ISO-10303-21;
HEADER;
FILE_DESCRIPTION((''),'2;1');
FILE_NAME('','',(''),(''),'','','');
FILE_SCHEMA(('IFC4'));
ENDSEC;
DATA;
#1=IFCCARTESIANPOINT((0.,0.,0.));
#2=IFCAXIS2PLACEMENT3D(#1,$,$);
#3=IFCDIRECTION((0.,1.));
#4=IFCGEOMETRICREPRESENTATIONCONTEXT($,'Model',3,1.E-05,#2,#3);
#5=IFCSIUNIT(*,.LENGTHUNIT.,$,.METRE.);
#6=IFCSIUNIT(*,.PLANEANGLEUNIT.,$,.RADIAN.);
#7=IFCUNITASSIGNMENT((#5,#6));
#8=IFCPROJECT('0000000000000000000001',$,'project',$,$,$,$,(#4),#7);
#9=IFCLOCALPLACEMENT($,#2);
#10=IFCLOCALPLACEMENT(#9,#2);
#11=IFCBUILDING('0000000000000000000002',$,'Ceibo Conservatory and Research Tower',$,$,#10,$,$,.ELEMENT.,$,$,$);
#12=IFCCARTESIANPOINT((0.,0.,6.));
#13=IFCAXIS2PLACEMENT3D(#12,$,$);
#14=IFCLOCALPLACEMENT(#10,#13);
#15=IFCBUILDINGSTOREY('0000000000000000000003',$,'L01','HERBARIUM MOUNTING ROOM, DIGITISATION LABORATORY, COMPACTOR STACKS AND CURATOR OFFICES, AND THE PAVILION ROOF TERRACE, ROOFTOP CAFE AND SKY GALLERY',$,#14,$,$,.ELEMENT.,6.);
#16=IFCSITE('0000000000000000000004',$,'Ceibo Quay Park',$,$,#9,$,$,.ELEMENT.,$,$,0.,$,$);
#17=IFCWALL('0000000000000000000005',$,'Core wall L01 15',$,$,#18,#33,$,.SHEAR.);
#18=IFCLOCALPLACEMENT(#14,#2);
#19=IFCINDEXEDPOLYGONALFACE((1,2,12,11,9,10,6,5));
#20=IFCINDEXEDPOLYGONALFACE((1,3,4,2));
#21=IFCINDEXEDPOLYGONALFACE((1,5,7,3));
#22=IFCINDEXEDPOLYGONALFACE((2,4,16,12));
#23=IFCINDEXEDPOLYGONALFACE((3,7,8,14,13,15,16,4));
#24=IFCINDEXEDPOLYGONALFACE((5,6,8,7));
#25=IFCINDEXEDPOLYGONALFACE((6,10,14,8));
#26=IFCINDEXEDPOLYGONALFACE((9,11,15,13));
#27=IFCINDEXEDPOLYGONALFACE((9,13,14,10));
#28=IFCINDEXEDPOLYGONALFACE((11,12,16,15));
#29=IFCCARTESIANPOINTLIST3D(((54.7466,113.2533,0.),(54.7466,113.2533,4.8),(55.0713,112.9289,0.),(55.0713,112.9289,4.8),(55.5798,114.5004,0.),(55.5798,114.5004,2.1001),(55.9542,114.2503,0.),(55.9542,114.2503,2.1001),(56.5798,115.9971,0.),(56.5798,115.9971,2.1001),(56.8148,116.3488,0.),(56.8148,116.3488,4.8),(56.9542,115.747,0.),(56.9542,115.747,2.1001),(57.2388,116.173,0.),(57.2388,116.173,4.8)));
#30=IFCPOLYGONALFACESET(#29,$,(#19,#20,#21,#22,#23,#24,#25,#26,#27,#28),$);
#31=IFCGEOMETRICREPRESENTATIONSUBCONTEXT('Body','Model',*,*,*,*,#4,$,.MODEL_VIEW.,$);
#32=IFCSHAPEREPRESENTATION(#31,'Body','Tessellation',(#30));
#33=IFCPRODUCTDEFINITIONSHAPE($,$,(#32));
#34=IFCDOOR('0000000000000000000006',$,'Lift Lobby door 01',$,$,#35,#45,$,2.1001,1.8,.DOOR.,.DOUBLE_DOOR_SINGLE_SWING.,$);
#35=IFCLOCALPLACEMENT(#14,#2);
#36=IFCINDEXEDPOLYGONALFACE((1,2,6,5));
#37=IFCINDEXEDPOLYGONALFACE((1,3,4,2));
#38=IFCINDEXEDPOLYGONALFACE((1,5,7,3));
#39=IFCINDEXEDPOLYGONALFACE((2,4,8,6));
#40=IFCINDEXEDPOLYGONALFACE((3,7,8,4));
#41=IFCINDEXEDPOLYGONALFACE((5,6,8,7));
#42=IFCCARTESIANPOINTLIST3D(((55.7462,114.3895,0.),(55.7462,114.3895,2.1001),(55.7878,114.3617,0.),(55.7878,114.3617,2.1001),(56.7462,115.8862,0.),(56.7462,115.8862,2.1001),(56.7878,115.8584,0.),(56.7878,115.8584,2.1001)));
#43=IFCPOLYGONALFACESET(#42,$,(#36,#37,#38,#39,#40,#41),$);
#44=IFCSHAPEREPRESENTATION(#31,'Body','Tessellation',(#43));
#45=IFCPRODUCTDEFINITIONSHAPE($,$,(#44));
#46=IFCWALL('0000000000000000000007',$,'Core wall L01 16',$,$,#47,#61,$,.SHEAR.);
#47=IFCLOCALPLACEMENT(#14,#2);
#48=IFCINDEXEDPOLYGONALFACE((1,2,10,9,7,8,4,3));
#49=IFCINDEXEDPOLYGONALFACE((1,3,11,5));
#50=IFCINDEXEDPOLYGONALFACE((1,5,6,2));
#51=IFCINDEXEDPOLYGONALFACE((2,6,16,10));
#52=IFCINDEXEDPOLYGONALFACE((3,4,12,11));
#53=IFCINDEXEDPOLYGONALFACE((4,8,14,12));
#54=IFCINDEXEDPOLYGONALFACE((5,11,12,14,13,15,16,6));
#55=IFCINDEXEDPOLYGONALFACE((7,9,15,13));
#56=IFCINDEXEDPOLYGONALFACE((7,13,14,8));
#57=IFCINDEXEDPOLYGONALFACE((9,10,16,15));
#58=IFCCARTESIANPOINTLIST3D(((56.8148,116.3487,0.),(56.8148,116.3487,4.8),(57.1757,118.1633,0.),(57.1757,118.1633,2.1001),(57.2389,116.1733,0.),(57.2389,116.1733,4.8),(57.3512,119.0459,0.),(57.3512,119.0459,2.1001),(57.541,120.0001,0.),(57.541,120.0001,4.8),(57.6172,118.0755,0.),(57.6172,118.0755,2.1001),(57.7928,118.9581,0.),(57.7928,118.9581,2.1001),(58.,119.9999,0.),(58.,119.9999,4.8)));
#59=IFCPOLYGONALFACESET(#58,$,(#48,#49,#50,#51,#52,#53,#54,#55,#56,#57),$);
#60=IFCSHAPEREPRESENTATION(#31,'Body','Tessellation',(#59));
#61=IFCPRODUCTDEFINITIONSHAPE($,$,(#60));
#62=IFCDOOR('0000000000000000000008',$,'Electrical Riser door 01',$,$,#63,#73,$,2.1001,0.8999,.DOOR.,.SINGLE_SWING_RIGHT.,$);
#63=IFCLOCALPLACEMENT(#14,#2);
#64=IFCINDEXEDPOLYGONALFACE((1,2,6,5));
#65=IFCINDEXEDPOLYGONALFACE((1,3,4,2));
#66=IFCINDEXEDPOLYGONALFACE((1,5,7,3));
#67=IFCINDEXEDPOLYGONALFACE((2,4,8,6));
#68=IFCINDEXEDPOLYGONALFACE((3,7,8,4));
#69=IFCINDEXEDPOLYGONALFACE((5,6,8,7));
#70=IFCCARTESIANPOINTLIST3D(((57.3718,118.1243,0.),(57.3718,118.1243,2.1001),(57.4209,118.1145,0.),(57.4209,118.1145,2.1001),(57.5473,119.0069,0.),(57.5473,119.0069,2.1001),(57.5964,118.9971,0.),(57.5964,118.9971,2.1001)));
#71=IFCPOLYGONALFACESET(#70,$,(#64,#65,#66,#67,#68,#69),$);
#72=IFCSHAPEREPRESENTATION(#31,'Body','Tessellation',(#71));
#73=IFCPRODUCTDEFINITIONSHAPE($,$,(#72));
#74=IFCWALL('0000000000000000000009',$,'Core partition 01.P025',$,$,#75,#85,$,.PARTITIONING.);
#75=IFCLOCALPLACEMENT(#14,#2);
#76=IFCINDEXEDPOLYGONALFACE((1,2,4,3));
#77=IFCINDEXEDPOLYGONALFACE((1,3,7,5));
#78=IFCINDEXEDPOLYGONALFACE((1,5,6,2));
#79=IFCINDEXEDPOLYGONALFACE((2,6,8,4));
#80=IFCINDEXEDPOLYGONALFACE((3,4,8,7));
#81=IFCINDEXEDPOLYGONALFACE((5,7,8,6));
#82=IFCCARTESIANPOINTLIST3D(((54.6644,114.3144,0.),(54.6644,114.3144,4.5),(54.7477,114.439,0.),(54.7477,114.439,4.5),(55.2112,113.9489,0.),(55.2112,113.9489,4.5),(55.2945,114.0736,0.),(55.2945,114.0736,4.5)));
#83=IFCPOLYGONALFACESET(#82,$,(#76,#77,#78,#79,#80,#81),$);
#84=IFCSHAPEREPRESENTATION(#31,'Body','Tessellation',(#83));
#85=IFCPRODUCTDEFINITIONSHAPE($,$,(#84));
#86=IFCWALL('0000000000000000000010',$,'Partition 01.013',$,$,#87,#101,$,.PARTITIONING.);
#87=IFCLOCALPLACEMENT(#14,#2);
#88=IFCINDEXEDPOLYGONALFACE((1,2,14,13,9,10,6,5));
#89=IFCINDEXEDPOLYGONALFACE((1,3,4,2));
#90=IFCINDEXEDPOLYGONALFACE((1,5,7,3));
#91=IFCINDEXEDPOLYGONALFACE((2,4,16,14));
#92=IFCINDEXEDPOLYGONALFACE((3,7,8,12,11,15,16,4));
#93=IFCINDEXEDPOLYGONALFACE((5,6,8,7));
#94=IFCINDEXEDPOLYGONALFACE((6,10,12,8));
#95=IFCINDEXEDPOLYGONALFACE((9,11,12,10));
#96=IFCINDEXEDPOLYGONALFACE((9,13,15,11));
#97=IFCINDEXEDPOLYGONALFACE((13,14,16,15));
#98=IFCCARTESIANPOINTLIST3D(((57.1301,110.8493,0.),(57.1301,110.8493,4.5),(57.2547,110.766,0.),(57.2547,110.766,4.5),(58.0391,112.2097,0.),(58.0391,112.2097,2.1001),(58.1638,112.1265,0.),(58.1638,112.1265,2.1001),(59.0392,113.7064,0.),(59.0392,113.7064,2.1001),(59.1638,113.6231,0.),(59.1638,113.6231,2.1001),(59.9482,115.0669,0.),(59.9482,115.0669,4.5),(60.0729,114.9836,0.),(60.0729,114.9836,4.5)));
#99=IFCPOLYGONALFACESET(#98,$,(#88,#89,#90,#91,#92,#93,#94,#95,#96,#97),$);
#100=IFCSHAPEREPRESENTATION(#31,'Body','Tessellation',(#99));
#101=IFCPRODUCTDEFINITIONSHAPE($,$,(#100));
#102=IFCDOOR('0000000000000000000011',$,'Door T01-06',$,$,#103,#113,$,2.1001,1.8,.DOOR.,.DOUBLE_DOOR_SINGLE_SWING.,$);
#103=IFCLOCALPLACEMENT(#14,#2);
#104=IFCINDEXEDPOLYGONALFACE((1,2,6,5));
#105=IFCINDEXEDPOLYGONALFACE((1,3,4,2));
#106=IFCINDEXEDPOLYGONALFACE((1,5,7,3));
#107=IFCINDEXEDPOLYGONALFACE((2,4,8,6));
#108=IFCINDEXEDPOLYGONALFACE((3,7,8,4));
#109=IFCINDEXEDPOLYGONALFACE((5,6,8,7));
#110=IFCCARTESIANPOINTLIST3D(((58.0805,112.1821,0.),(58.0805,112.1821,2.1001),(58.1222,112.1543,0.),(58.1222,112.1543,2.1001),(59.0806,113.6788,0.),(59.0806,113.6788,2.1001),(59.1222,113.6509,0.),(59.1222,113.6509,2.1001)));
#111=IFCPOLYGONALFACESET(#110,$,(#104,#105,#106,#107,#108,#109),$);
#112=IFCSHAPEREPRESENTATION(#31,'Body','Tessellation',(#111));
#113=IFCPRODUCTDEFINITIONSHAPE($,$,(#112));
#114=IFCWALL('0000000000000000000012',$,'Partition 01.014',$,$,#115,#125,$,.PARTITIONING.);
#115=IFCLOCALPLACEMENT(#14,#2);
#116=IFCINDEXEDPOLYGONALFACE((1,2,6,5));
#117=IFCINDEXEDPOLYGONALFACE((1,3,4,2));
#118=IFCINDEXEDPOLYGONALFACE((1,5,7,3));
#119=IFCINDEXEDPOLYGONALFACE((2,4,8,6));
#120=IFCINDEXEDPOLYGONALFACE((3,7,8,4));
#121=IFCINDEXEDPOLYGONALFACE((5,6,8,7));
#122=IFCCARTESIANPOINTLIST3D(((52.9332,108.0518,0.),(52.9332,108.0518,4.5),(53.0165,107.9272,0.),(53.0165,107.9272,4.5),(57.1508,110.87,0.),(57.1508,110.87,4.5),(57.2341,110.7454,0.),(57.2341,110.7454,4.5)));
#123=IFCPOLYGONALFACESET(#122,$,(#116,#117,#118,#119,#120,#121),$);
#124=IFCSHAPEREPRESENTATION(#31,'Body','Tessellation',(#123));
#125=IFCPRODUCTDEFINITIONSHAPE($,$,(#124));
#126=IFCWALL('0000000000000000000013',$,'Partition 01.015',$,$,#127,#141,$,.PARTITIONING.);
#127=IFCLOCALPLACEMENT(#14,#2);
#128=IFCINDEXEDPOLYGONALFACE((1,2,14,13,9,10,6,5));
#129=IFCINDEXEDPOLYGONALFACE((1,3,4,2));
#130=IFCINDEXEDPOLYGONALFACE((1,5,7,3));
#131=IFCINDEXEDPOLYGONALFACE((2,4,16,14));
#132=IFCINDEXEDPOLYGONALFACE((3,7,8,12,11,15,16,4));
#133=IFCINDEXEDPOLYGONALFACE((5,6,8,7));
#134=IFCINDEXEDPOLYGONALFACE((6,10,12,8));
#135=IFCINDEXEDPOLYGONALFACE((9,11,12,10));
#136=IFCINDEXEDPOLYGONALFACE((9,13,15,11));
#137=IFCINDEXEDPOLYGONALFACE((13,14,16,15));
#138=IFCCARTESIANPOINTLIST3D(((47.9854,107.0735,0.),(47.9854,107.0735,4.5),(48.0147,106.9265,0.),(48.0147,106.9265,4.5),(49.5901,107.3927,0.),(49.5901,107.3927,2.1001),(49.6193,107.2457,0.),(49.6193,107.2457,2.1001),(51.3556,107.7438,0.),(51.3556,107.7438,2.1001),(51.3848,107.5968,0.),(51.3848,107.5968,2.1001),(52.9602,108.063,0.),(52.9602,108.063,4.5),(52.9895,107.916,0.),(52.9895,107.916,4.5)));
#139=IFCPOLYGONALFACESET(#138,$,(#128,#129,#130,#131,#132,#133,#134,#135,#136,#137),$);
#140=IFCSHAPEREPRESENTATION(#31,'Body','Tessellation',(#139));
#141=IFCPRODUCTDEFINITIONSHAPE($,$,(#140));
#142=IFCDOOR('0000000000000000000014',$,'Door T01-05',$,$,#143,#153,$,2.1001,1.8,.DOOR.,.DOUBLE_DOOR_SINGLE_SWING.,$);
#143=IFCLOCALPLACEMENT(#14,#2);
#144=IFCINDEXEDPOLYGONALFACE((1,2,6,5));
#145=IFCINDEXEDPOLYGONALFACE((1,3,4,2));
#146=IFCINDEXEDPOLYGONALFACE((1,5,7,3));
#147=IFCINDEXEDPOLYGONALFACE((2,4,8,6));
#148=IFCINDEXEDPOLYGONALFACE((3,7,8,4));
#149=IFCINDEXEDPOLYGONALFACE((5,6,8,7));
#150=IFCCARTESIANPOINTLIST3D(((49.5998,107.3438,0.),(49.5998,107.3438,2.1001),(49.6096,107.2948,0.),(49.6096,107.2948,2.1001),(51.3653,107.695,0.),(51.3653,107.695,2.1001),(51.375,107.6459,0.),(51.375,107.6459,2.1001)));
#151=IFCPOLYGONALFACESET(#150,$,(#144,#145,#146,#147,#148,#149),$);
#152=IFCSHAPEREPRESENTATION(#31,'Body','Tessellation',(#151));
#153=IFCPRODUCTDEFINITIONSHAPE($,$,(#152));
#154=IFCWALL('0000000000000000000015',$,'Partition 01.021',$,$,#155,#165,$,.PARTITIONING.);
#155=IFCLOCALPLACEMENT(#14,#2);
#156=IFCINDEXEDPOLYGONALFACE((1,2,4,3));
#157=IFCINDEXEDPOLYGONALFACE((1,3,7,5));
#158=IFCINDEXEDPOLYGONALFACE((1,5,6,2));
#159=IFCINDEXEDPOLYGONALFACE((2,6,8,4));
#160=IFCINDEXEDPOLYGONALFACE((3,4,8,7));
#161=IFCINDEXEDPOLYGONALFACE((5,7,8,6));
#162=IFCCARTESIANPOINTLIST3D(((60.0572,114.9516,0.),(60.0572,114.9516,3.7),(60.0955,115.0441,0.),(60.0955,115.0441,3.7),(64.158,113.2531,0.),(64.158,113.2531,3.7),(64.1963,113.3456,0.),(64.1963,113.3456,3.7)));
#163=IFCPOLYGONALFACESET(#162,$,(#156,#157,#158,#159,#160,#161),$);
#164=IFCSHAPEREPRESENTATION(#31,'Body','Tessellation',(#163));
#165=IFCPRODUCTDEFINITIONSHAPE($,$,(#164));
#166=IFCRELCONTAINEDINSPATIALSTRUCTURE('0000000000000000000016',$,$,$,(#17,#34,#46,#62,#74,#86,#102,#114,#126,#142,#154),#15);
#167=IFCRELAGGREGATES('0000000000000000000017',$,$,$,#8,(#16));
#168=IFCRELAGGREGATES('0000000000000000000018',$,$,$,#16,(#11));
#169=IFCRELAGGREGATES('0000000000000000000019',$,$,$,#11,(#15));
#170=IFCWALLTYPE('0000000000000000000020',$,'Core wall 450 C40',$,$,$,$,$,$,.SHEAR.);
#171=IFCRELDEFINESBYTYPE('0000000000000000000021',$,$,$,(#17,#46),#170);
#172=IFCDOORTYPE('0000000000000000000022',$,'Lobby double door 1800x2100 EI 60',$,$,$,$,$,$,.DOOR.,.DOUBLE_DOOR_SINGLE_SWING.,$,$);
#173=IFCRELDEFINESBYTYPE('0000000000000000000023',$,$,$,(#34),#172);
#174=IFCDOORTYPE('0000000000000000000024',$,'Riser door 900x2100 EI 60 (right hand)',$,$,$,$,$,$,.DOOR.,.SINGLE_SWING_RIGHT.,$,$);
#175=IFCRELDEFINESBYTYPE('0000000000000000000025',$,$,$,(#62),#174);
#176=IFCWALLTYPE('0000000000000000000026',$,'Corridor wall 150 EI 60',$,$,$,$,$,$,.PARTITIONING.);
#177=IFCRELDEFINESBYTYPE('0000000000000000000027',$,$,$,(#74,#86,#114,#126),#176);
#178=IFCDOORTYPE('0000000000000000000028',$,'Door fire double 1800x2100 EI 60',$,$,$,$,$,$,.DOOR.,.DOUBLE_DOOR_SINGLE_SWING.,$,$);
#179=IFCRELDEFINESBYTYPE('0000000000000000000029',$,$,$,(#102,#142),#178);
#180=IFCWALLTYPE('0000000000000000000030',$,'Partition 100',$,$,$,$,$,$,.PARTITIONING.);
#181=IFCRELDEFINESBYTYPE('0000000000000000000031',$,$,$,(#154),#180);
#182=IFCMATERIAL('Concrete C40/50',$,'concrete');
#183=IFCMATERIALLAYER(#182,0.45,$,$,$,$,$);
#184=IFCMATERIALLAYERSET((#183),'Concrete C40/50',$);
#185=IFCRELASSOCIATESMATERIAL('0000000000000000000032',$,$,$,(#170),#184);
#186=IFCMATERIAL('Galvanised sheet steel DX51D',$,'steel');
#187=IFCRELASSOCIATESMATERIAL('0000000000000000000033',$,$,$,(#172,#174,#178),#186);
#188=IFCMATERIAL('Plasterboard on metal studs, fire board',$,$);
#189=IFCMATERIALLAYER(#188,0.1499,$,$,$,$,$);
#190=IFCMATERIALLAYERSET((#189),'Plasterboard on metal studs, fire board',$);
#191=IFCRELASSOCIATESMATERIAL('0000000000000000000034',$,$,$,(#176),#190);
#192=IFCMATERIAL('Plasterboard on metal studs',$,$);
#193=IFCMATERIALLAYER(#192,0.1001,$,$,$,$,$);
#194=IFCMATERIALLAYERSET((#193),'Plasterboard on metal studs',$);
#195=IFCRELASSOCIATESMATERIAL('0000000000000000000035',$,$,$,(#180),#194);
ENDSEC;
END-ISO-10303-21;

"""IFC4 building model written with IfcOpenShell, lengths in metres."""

from ifc_helpers import new_model, si_unit, direction, frame, frame_2d, origin, place, context, subcontext, project, spatial, polyline, rectangle, outline, extrude, material, layer, layer_set, type_object, element, fill, save


model = new_model("IFC4")

# Units and contexts
model_context = context("Model", 3, precision=1e-05, world=origin(), true_north=direction((0.0, 1.0)))
body_context = subcontext(model_context, "Body", "Model", "MODEL_VIEW")
ifc_project = project(units=[si_unit("LENGTHUNIT", "METRE"), si_unit("PLANEANGLEUNIT", "RADIAN")], contexts=[model_context])

# Site, building, storey
site_placement = place(None, origin())
site = spatial("IfcSite", under=ifc_project, at=site_placement, Name="Ceibo Quay Park", CompositionType="ELEMENT", RefElevation=0.0)
building_placement = place(site_placement, origin())
building = spatial("IfcBuilding", under=site, at=building_placement, Name="Ceibo Conservatory and Research Tower", CompositionType="ELEMENT")
storey_placement = place(building_placement, frame((0.0, 0.0, 6.0)))
storey = spatial("IfcBuildingStorey", under=building, at=storey_placement, Name="L01", Description="HERBARIUM MOUNTING ROOM, DIGITISATION LABORATORY, COMPACTOR STACKS AND CURATOR OFFICES, AND THE PAVILION ROOF TERRACE, ROOFTOP CAFE AND SKY GALLERY", CompositionType="ELEMENT", Elevation=6.0)

# Shared definitions
ifc_material_1 = material(Name="Concrete C40/50", Category="concrete")

# Walls, openings, doors
ifc_layer_1 = layer(ifc_material_1, 0.45)
ifc_layer_set_1 = layer_set([ifc_layer_1], Name="Concrete C40/50")
wall_type_1 = type_object("IfcWallType", Name="Core wall 450 C40", PredefinedType="SHEAR", material=ifc_layer_set_1)
ifc_material_2 = material(Name="Galvanised sheet steel DX51D", Category="steel")
wall_1_placement = place(storey_placement, frame((54.9089, 113.0911, 0.0), z_axis=(0.0, 0.0, 1.0), x_axis=(0.555542, 0.831488, 0.0)))
wall_1 = element("IfcWall", 1, at=wall_1_placement, inside=storey, type_object=wall_type_1, Name="Core wall L01 15", PredefinedType="SHEAR", context=body_context, shape_type="SweptSolid", body=[
    extrude(outline(polyline([(-0.0447, -0.2251), (3.8569, -0.2251), (3.7676, 0.2251), (0.0447, 0.2251), (-0.0447, -0.2251)])), origin(), (0.0, 0.0, 1.0), 4.8),
])
opening_1_placement = place(wall_1_placement, frame((1.5447, 0.0, 0.0)))
opening_1 = element("IfcOpeningElement", 2, at=opening_1_placement, cuts=wall_1, PredefinedType="OPENING", context=body_context, shape_type="SweptSolid", body=[
    extrude(rectangle(XDim=1.8, YDim=2.1001, at=frame_2d((0.8999, 1.05))), frame((0.0, 0.2349, 0.0), z_axis=(0.0, -1.0, 0.0), x_axis=(1.0, 0.0, 0.0)), (0.0, 0.0, 1.0), 0.47),
])
door_type_1 = type_object("IfcDoorType", Name="Lobby double door 1800x2100 EI 60", OperationType="DOUBLE_DOOR_SINGLE_SWING", PredefinedType="DOOR", material=ifc_material_2)
door_1_placement = place(opening_1_placement, frame((1.8, 0.0, 0.0), z_axis=(0.0, 0.0, 1.0), x_axis=(-1.0, 0.0, 0.0)))
door_1 = element("IfcDoor", 3, at=door_1_placement, inside=storey, type_object=door_type_1, Name="Lift Lobby door 01", OperationType="DOUBLE_DOOR_SINGLE_SWING", OverallHeight=2.1001, OverallWidth=1.8, PredefinedType="DOOR", context=body_context, shape_type="SweptSolid", body=[
    extrude(rectangle(XDim=1.8, YDim=2.1001, at=frame_2d((0.8999, 1.05))), frame((0.0, 0.0249, 0.0), z_axis=(0.0, -1.0, 0.0), x_axis=(1.0, 0.0, 0.0)), (0.0, 0.0, 1.0), 0.05),
])
fill(opening_1, door_1)
wall_2_placement = place(storey_placement, frame((57.0269, 116.261, 0.0), z_axis=(0.0, 0.0, 1.0), x_axis=(0.195069, 0.980789, 0.0)))
wall_2 = element("IfcWall", 4, at=wall_2_placement, inside=storey, type_object=wall_type_1, Name="Core wall L01 16", PredefinedType="SHEAR", context=body_context, shape_type="SweptSolid", body=[
    extrude(outline(polyline([(-0.0447, -0.2251), (3.8569, -0.2251), (3.7676, 0.2251), (0.0447, 0.2251), (-0.0447, -0.2251)])), origin(), (0.0, 0.0, 1.0), 4.8),
])
opening_2_placement = place(wall_2_placement, frame((1.8948, 0.0, 0.0)))
opening_2 = element("IfcOpeningElement", 5, at=opening_2_placement, cuts=wall_2, PredefinedType="OPENING", context=body_context, shape_type="SweptSolid", body=[
    extrude(rectangle(XDim=0.8999, YDim=2.1001, at=frame_2d((0.45, 1.05))), frame((0.0, 0.2349, 0.0), z_axis=(0.0, -1.0, 0.0), x_axis=(1.0, 0.0, 0.0)), (0.0, 0.0, 1.0), 0.47),
])
door_type_2 = type_object("IfcDoorType", Name="Riser door 900x2100 EI 60 (right hand)", OperationType="SINGLE_SWING_RIGHT", PredefinedType="DOOR", material=ifc_material_2)
door_2_placement = place(opening_2_placement, frame((0.8999, 0.0, 0.0), z_axis=(0.0, 0.0, 1.0), x_axis=(-1.0, 0.0, 0.0)))
door_2 = element("IfcDoor", 6, at=door_2_placement, inside=storey, type_object=door_type_2, Name="Electrical Riser door 01", OperationType="SINGLE_SWING_RIGHT", OverallHeight=2.1001, OverallWidth=0.8999, PredefinedType="DOOR", context=body_context, shape_type="SweptSolid", body=[
    extrude(rectangle(XDim=0.8999, YDim=2.1001, at=frame_2d((0.45, 1.05))), frame((0.0, 0.0249, 0.0), z_axis=(0.0, -1.0, 0.0), x_axis=(1.0, 0.0, 0.0)), (0.0, 0.0, 1.0), 0.05),
])
fill(opening_2, door_2)

# Wall
ifc_material_3 = material(Name="Plasterboard on metal studs, fire board")
ifc_layer_2 = layer(ifc_material_3, 0.1499)
ifc_layer_set_2 = layer_set([ifc_layer_2], Name="Plasterboard on metal studs, fire board")
wall_type_2 = type_object("IfcWallType", Name="Corridor wall 150 EI 60", PredefinedType="PARTITIONING", material=ifc_layer_set_2)
wall_3_placement = place(storey_placement, frame((54.7061, 114.3767, 0.0), z_axis=(0.0, 0.0, 1.0), x_axis=(0.831422, -0.555642, 0.0)))
element("IfcWall", 7, at=wall_3_placement, inside=storey, type_object=wall_type_2, Name="Core partition 01.P025", PredefinedType="PARTITIONING", context=body_context, shape_type="SweptSolid", body=[
    extrude(rectangle(XDim=0.6577, YDim=0.1499, at=frame_2d((0.3289, 0.0))), origin(), (0.0, 0.0, 1.0), 4.5),
])

# Wall, opening, door
wall_4_placement = place(storey_placement, frame((60.0105, 115.0251, 0.0), z_axis=(0.0, 0.0, 1.0), x_axis=(-0.555577, -0.831465, 0.0)))
wall_4 = element("IfcWall", 8, at=wall_4_placement, inside=storey, type_object=wall_type_2, Name="Partition 01.013", PredefinedType="PARTITIONING", context=body_context, shape_type="SweptSolid", body=[
    extrude(rectangle(XDim=5.0725, YDim=0.1499, at=frame_2d((2.5361, 0.0))), origin(), (0.0, 0.0, 1.0), 4.5),
])
opening_3_placement = place(wall_4_placement, frame((1.6362, 0.0, 0.0)))
opening_3 = element("IfcOpeningElement", 9, at=opening_3_placement, cuts=wall_4, PredefinedType="OPENING", context=body_context, shape_type="SweptSolid", body=[
    extrude(rectangle(XDim=1.8, YDim=2.1001, at=frame_2d((0.8999, 1.05))), frame((0.0, 0.085, 0.0), z_axis=(0.0, -1.0, 0.0), x_axis=(1.0, 0.0, 0.0)), (0.0, 0.0, 1.0), 0.1699),
])
door_type_3 = type_object("IfcDoorType", Name="Door fire double 1800x2100 EI 60", OperationType="DOUBLE_DOOR_SINGLE_SWING", PredefinedType="DOOR", material=ifc_material_2)
door_3_placement = place(opening_3_placement, origin())
door_3 = element("IfcDoor", 10, at=door_3_placement, inside=storey, type_object=door_type_3, Name="Door T01-06", OperationType="DOUBLE_DOOR_SINGLE_SWING", OverallHeight=2.1001, OverallWidth=1.8, PredefinedType="DOOR", context=body_context, shape_type="SweptSolid", body=[
    extrude(rectangle(XDim=1.8, YDim=2.1001, at=frame_2d((0.8999, 1.05))), frame((0.0, 0.0249, 0.0), z_axis=(0.0, -1.0, 0.0), x_axis=(1.0, 0.0, 0.0)), (0.0, 0.0, 1.0), 0.05),
])
fill(opening_3, door_3)

# Wall
wall_5_placement = place(storey_placement, frame((57.1924, 110.8076, 0.0), z_axis=(0.0, 0.0, 1.0), x_axis=(-0.831465, -0.555577, 0.0)))
element("IfcWall", 11, at=wall_5_placement, inside=storey, type_object=wall_type_2, Name="Partition 01.014", PredefinedType="PARTITIONING", context=body_context, shape_type="SweptSolid", body=[
    extrude(rectangle(XDim=5.0725, YDim=0.1499, at=frame_2d((2.5361, 0.0))), origin(), (0.0, 0.0, 1.0), 4.5),
])

# Wall, opening, door
wall_6_placement = place(storey_placement, frame((52.9749, 107.9895, 0.0), z_axis=(0.0, 0.0, 1.0), x_axis=(-0.980787, -0.195079, 0.0)))
wall_6 = element("IfcWall", 12, at=wall_6_placement, inside=storey, type_object=wall_type_2, Name="Partition 01.015", PredefinedType="PARTITIONING", context=body_context, shape_type="SweptSolid", body=[
    extrude(rectangle(XDim=5.0723, YDim=0.1499, at=frame_2d((2.5361, 0.0))), origin(), (0.0, 0.0, 1.0), 4.5),
])
opening_4_placement = place(wall_6_placement, frame((1.6362, 0.0, 0.0)))
opening_4 = element("IfcOpeningElement", 13, at=opening_4_placement, cuts=wall_6, PredefinedType="OPENING", context=body_context, shape_type="SweptSolid", body=[
    extrude(rectangle(XDim=1.8, YDim=2.1001, at=frame_2d((0.8999, 1.05))), frame((0.0, 0.085, 0.0), z_axis=(0.0, -1.0, 0.0), x_axis=(1.0, 0.0, 0.0)), (0.0, 0.0, 1.0), 0.1699),
])
door_4_placement = place(opening_4_placement, origin())
door_4 = element("IfcDoor", 14, at=door_4_placement, inside=storey, type_object=door_type_3, Name="Door T01-05", OperationType="DOUBLE_DOOR_SINGLE_SWING", OverallHeight=2.1001, OverallWidth=1.8, PredefinedType="DOOR", context=body_context, shape_type="SweptSolid", body=[
    extrude(rectangle(XDim=1.8, YDim=2.1001, at=frame_2d((0.8999, 1.05))), frame((0.0, 0.0249, 0.0), z_axis=(0.0, -1.0, 0.0), x_axis=(1.0, 0.0, 0.0)), (0.0, 0.0, 1.0), 0.05),
])
fill(opening_4, door_4)

# Wall
ifc_material_4 = material(Name="Plasterboard on metal studs")
ifc_layer_3 = layer(ifc_material_4, 0.1001)
ifc_layer_set_3 = layer_set([ifc_layer_3], Name="Plasterboard on metal studs")
wall_type_3 = type_object("IfcWallType", Name="Partition 100", PredefinedType="PARTITIONING", material=ifc_layer_set_3)
wall_7_placement = place(storey_placement, frame((60.0764, 114.9978, 0.0), z_axis=(0.0, 0.0, 1.0), x_axis=(0.92389, -0.382658, 0.0)))
element("IfcWall", 15, at=wall_7_placement, inside=storey, type_object=wall_type_3, Name="Partition 01.021", PredefinedType="PARTITIONING", context=body_context, shape_type="SweptSolid", body=[
    extrude(rectangle(XDim=4.4387, YDim=0.1001, at=frame_2d((2.2192, 0.0))), origin(), (0.0, 0.0, 1.0), 3.7),
])

save(model, "model.ifc")
